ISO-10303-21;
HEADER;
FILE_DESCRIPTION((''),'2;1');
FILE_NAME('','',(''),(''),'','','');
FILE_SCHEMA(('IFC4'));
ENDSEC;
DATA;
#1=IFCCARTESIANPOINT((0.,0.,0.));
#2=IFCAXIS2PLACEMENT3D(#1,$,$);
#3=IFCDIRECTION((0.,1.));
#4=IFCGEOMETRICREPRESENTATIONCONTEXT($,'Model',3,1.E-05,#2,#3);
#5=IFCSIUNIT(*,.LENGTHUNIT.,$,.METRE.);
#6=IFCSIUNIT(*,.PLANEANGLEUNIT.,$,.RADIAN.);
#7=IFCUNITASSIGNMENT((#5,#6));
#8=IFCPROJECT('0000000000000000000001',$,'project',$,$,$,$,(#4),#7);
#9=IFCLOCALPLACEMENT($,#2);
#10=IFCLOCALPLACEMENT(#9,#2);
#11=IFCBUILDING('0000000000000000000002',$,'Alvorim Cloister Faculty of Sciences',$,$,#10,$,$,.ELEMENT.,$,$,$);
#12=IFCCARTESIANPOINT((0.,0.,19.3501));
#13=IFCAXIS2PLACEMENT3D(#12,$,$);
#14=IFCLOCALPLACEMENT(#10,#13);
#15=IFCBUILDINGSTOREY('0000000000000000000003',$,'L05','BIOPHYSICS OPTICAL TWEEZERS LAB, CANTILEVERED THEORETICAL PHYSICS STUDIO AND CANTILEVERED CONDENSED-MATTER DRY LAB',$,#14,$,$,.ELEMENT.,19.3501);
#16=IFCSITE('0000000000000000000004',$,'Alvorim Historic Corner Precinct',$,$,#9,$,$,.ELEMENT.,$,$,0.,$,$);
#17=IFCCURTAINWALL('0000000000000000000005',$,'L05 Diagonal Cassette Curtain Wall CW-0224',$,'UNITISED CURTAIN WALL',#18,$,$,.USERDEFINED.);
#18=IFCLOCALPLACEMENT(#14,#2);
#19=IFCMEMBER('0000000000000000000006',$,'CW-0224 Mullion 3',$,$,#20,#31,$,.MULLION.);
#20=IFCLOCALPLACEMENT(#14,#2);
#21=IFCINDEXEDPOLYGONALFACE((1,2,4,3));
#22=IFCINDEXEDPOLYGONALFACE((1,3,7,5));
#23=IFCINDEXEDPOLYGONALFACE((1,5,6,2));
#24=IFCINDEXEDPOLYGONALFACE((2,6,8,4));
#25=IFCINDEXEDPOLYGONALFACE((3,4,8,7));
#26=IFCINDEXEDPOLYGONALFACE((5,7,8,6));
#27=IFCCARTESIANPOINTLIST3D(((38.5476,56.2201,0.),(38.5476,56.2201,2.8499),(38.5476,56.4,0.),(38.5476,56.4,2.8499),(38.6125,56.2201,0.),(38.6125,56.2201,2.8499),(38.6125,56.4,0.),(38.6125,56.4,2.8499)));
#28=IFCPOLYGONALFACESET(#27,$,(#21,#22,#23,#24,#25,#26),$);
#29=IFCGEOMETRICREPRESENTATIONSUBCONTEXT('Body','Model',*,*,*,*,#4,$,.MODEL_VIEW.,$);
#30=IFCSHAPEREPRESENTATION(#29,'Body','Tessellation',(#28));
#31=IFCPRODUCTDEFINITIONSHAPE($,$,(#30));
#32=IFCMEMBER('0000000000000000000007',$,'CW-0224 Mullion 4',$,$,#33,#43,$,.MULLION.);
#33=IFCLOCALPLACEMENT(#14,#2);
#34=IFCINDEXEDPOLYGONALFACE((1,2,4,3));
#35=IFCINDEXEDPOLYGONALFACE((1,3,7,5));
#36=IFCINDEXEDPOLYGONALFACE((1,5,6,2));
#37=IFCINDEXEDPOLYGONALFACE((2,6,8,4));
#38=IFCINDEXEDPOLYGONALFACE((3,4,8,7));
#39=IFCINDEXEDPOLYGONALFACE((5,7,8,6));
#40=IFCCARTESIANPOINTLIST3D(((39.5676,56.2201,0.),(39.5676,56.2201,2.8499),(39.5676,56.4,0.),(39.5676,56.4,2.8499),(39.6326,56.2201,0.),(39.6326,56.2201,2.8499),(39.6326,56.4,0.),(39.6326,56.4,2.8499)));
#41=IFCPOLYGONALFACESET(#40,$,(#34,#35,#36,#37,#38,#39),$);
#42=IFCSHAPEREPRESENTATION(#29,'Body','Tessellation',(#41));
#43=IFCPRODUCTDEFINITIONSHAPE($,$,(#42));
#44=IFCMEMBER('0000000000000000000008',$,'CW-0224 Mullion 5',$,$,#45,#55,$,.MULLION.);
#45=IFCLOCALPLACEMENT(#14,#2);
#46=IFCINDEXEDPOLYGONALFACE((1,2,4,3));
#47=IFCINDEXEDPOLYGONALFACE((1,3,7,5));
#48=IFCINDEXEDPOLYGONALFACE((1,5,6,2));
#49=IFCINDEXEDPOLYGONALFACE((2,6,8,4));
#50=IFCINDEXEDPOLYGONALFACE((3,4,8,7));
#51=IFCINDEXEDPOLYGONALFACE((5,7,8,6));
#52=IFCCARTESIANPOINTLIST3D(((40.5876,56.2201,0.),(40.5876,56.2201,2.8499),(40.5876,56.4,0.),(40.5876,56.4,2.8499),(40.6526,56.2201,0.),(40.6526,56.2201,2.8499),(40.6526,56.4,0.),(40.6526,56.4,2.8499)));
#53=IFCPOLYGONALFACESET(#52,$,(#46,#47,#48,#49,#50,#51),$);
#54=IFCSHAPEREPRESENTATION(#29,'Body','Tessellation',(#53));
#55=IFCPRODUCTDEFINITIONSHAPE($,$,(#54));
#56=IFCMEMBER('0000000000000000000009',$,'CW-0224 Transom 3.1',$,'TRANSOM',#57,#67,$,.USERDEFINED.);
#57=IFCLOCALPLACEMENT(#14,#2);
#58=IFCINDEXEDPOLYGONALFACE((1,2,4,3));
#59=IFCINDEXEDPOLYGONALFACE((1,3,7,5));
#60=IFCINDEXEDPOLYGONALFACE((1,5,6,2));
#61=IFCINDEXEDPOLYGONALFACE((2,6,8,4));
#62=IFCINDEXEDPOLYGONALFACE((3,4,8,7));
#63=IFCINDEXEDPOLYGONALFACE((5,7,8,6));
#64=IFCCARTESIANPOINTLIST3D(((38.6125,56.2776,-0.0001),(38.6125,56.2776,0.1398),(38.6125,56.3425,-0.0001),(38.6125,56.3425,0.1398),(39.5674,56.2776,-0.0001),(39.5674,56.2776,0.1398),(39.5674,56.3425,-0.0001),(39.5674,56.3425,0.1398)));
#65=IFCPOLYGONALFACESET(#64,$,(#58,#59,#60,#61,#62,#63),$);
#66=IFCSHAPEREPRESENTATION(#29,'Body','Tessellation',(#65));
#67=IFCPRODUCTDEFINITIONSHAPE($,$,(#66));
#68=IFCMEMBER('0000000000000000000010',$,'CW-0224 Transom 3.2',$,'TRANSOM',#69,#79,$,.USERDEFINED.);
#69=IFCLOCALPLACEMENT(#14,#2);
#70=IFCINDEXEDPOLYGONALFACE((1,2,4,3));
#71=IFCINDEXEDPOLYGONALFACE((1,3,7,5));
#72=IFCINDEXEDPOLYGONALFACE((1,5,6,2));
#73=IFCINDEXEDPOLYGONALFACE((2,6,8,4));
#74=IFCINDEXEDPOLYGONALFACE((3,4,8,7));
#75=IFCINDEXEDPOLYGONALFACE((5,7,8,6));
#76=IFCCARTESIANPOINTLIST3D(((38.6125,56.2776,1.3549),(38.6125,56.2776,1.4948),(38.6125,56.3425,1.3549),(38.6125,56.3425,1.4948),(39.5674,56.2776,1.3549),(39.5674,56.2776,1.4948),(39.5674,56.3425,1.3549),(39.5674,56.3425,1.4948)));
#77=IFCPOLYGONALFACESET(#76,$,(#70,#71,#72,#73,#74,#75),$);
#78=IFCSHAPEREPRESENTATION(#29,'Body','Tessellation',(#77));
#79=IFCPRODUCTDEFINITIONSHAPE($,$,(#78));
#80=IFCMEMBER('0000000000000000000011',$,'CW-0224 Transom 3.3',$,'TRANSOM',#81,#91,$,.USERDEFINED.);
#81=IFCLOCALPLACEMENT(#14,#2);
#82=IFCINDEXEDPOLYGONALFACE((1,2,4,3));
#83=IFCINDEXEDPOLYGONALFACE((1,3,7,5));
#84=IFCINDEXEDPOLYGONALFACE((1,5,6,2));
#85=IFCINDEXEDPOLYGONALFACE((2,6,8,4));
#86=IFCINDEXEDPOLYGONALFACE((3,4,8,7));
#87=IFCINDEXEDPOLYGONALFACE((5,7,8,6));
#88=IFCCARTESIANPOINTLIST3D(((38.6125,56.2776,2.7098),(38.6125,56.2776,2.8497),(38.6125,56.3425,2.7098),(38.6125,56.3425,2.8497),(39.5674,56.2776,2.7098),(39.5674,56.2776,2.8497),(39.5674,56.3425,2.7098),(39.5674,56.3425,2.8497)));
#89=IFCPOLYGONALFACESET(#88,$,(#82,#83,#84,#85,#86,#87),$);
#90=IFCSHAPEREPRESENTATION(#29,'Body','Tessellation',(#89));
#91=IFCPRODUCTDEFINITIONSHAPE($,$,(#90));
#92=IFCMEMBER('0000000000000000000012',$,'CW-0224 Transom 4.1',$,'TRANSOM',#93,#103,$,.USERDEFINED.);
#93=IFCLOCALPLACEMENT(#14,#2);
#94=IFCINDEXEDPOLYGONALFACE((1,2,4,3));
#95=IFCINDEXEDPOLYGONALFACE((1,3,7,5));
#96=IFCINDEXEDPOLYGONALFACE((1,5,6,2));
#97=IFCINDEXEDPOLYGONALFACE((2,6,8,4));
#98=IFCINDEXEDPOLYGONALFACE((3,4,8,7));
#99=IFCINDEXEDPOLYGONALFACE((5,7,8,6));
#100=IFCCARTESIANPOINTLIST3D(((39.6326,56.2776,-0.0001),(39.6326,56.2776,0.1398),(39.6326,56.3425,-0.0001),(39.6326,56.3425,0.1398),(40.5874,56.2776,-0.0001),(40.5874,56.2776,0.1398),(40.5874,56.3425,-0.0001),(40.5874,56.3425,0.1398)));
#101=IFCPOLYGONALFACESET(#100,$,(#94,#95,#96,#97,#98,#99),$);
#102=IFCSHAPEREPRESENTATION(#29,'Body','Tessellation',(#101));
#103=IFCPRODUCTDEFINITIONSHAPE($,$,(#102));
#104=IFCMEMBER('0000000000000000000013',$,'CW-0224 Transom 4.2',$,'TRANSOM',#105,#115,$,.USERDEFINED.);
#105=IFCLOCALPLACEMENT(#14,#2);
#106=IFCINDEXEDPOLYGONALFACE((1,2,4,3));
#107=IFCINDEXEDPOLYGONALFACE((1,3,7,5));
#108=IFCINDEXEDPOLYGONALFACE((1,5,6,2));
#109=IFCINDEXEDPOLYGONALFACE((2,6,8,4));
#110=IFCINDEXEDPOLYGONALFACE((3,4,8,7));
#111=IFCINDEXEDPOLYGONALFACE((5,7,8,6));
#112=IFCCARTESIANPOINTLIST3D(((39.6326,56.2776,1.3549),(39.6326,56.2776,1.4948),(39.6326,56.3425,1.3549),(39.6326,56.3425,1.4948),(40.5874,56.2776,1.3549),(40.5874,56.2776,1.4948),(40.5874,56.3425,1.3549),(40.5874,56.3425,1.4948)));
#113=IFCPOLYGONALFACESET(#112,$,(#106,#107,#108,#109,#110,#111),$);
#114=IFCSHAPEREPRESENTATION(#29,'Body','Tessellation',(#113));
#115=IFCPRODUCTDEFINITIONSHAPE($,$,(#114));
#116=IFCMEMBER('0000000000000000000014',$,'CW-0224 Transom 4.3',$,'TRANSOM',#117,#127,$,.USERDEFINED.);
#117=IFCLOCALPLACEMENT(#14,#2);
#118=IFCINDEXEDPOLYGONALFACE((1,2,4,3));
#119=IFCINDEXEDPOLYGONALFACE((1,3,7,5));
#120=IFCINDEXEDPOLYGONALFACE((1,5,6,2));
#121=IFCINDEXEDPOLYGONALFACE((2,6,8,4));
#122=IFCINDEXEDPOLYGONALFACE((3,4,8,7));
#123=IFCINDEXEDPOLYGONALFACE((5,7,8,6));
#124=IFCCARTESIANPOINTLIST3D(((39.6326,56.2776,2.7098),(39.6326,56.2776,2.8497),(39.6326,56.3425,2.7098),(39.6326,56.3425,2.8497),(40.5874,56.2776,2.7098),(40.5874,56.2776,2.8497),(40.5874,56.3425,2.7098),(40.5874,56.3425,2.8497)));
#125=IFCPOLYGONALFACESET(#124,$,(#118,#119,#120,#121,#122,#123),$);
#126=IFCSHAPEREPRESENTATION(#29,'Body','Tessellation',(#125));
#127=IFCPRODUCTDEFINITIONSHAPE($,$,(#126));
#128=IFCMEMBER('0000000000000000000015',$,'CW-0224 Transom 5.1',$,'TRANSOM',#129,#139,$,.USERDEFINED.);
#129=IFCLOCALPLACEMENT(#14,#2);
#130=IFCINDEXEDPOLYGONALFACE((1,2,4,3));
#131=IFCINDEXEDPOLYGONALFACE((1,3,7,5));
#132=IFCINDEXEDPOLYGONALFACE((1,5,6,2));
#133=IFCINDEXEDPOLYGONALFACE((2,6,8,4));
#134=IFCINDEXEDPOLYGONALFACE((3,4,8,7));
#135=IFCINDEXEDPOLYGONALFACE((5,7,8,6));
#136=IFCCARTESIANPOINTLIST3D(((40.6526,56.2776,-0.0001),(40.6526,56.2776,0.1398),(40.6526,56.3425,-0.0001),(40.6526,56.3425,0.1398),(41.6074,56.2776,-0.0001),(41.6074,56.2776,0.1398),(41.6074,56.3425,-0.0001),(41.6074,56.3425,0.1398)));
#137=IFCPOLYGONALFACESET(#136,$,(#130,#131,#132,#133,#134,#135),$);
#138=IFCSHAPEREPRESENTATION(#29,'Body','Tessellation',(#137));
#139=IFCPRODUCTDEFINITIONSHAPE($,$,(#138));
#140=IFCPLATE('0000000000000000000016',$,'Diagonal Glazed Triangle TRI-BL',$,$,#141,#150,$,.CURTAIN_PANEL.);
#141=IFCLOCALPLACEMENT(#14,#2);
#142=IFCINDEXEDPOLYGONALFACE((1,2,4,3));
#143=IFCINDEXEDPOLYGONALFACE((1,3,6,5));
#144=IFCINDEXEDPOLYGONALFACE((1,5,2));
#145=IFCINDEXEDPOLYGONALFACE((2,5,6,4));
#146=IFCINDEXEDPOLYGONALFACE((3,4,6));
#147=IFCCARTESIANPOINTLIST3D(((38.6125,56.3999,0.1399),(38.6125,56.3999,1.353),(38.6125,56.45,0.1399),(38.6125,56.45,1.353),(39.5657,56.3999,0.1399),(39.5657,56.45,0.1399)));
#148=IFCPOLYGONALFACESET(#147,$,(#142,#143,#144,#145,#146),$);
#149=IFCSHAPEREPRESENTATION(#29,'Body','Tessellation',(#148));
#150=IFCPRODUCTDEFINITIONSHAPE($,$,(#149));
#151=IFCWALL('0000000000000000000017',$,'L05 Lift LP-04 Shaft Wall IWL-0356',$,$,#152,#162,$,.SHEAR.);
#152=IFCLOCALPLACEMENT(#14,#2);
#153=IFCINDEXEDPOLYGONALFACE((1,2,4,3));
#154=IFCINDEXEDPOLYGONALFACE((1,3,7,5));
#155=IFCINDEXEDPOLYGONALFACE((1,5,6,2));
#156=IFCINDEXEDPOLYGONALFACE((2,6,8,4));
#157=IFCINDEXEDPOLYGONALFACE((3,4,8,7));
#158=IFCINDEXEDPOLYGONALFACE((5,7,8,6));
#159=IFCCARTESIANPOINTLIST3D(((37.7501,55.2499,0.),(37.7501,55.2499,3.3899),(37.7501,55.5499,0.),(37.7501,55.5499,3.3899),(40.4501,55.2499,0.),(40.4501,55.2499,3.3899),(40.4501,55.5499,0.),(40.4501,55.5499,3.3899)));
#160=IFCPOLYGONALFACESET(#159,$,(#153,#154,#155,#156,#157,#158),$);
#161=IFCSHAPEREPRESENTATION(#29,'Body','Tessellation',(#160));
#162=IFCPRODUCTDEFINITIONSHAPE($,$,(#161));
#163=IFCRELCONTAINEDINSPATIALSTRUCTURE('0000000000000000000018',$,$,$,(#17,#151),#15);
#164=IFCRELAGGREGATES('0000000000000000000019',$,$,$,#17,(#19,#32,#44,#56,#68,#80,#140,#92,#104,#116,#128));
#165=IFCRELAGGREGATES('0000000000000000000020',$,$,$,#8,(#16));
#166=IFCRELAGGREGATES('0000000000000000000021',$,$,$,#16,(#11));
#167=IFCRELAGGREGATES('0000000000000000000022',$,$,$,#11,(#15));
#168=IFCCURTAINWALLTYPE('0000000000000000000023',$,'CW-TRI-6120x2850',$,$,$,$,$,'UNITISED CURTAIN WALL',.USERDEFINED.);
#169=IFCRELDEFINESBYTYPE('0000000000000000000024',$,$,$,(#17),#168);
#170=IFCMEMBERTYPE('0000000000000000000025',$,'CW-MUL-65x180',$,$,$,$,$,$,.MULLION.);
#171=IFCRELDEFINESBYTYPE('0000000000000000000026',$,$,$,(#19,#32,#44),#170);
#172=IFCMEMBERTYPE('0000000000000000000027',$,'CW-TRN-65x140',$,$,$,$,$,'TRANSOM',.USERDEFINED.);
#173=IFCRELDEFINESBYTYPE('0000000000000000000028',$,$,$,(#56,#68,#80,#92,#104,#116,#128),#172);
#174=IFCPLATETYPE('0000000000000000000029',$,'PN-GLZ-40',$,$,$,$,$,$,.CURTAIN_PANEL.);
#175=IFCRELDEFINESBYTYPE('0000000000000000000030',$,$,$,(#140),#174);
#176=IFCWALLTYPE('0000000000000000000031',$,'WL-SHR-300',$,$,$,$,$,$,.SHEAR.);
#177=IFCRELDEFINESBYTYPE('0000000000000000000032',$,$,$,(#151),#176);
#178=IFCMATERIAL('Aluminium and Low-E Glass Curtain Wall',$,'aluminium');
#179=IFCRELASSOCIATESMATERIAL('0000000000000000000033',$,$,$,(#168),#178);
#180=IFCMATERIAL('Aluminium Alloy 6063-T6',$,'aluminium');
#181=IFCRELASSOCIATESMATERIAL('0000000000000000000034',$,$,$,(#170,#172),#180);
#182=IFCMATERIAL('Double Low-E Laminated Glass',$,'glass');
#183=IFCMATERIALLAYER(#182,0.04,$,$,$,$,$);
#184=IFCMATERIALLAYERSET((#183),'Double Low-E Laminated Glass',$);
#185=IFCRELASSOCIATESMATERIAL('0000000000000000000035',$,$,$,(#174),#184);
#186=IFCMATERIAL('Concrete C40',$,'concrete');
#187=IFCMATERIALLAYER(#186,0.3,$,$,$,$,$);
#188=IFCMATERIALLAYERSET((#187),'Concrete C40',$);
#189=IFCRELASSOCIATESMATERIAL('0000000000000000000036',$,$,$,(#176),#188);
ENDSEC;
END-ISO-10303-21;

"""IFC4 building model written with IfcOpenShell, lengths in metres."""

from ifc_helpers import new_model, si_unit, direction, frame, frame_2d, origin, origin_2d, place, context, subcontext, project, spatial, polyline, rectangle, outline, extrude, material, layer, layer_set, material_profile, profile_set, type_object, element, aggregate, save


model = new_model("IFC4")

# Units and contexts
model_context = context("Model", 3, precision=1e-05, world=origin(), true_north=direction((0.0, 1.0)))
body_context = subcontext(model_context, "Body", "Model", "MODEL_VIEW")
ifc_project = project(units=[si_unit("LENGTHUNIT", "METRE"), si_unit("PLANEANGLEUNIT", "RADIAN")], contexts=[model_context])

# Site, building, storey
site_placement = place(None, origin())
site = spatial("IfcSite", under=ifc_project, at=site_placement, Name="Alvorim Historic Corner Precinct", CompositionType="ELEMENT", RefElevation=0.0)
building_placement = place(site_placement, origin())
building = spatial("IfcBuilding", under=site, at=building_placement, Name="Alvorim Cloister Faculty of Sciences", CompositionType="ELEMENT")
storey_placement = place(building_placement, frame((0.0, 0.0, 19.3501)))
storey = spatial("IfcBuildingStorey", under=building, at=storey_placement, Name="L05", Description="BIOPHYSICS OPTICAL TWEEZERS LAB, CANTILEVERED THEORETICAL PHYSICS STUDIO AND CANTILEVERED CONDENSED-MATTER DRY LAB", CompositionType="ELEMENT", Elevation=19.3501)

# Curtain wall, members, plate
ifc_material_1 = material(Name="Aluminium and Low-E Glass Curtain Wall", Category="aluminium")
curtain_wall_type = type_object("IfcCurtainWallType", Name="CW-TRI-6120x2850", ElementType="UNITISED CURTAIN WALL", PredefinedType="USERDEFINED", material=ifc_material_1)
curtain_wall_placement = place(storey_placement, origin())
curtain_wall = element("IfcCurtainWall", 1, at=curtain_wall_placement, inside=storey, type_object=curtain_wall_type, Name="L05 Diagonal Cassette Curtain Wall CW-0224", ObjectType="UNITISED CURTAIN WALL", PredefinedType="USERDEFINED")
ifc_material_2 = material(Name="Aluminium Alloy 6063-T6", Category="aluminium")
ifc_material_profile_1 = material_profile(ifc_material_2, rectangle(XDim=0.0649, YDim=0.1799, at=origin_2d()), Name="ALU-MUL-65x180")
ifc_profile_set_1 = profile_set([ifc_material_profile_1], Name="Aluminium Alloy 6063-T6")
member_type_1 = type_object("IfcMemberType", Name="CW-MUL-65x180", PredefinedType="MULLION", material=ifc_profile_set_1)
member_1_placement = place(storey_placement, frame((38.5801, 56.3101, 0.0), z_axis=(0.0, 0.0, 1.0), x_axis=(1.0, 0.0, 0.0)))
member_1 = element("IfcMember", 2, at=member_1_placement, type_object=member_type_1, Name="CW-0224 Mullion 3", PredefinedType="MULLION", context=body_context, shape_type="SweptSolid", body=[
    extrude(rectangle(XDim=0.0649, YDim=0.1799, at=origin_2d()), origin(), (0.0, 0.0, 1.0), 2.8499),
])
member_2_placement = place(storey_placement, frame((39.6001, 56.3101, 0.0), z_axis=(0.0, 0.0, 1.0), x_axis=(1.0, 0.0, 0.0)))
member_2 = element("IfcMember", 3, at=member_2_placement, type_object=member_type_1, Name="CW-0224 Mullion 4", PredefinedType="MULLION", context=body_context, shape_type="SweptSolid", body=[
    extrude(rectangle(XDim=0.0649, YDim=0.1799, at=origin_2d()), origin(), (0.0, 0.0, 1.0), 2.8499),
])
member_3_placement = place(storey_placement, frame((40.6201, 56.3101, 0.0), z_axis=(0.0, 0.0, 1.0), x_axis=(1.0, 0.0, 0.0)))
member_3 = element("IfcMember", 4, at=member_3_placement, type_object=member_type_1, Name="CW-0224 Mullion 5", PredefinedType="MULLION", context=body_context, shape_type="SweptSolid", body=[
    extrude(rectangle(XDim=0.0649, YDim=0.1799, at=origin_2d()), origin(), (0.0, 0.0, 1.0), 2.8499),
])
ifc_material_profile_2 = material_profile(ifc_material_2, rectangle(XDim=0.0649, YDim=0.1399, at=origin_2d()), Name="ALU-TRN-65x140")
ifc_profile_set_2 = profile_set([ifc_material_profile_2], Name="Aluminium Alloy 6063-T6")
member_type_2 = type_object("IfcMemberType", Name="CW-TRN-65x140", ElementType="TRANSOM", PredefinedType="USERDEFINED", material=ifc_profile_set_2)
member_4_placement = place(storey_placement, frame((38.6125, 56.3101, 0.0698), z_axis=(1.0, 0.0, 0.0), x_axis=(0.0, 1.0, 0.0)))
member_4 = element("IfcMember", 5, at=member_4_placement, type_object=member_type_2, Name="CW-0224 Transom 3.1", ObjectType="TRANSOM", PredefinedType="USERDEFINED", context=body_context, shape_type="SweptSolid", body=[
    extrude(rectangle(XDim=0.0649, YDim=0.1399, at=origin_2d()), origin(), (0.0, 0.0, 1.0), 0.9548),
])
member_5_placement = place(storey_placement, frame((38.6125, 56.3101, 1.4248), z_axis=(1.0, 0.0, 0.0), x_axis=(0.0, 1.0, 0.0)))
member_5 = element("IfcMember", 6, at=member_5_placement, type_object=member_type_2, Name="CW-0224 Transom 3.2", ObjectType="TRANSOM", PredefinedType="USERDEFINED", context=body_context, shape_type="SweptSolid", body=[
    extrude(rectangle(XDim=0.0649, YDim=0.1399, at=origin_2d()), origin(), (0.0, 0.0, 1.0), 0.9548),
])
member_6_placement = place(storey_placement, frame((38.6125, 56.3101, 2.7798), z_axis=(1.0, 0.0, 0.0), x_axis=(0.0, 1.0, 0.0)))
member_6 = element("IfcMember", 7, at=member_6_placement, type_object=member_type_2, Name="CW-0224 Transom 3.3", ObjectType="TRANSOM", PredefinedType="USERDEFINED", context=body_context, shape_type="SweptSolid", body=[
    extrude(rectangle(XDim=0.0649, YDim=0.1399, at=origin_2d()), origin(), (0.0, 0.0, 1.0), 0.9548),
])
member_7_placement = place(storey_placement, frame((39.6326, 56.3101, 0.0698), z_axis=(1.0, 0.0, 0.0), x_axis=(0.0, 1.0, 0.0)))
member_7 = element("IfcMember", 8, at=member_7_placement, type_object=member_type_2, Name="CW-0224 Transom 4.1", ObjectType="TRANSOM", PredefinedType="USERDEFINED", context=body_context, shape_type="SweptSolid", body=[
    extrude(rectangle(XDim=0.0649, YDim=0.1399, at=origin_2d()), origin(), (0.0, 0.0, 1.0), 0.9548),
])
member_8_placement = place(storey_placement, frame((39.6326, 56.3101, 1.4248), z_axis=(1.0, 0.0, 0.0), x_axis=(0.0, 1.0, 0.0)))
member_8 = element("IfcMember", 9, at=member_8_placement, type_object=member_type_2, Name="CW-0224 Transom 4.2", ObjectType="TRANSOM", PredefinedType="USERDEFINED", context=body_context, shape_type="SweptSolid", body=[
    extrude(rectangle(XDim=0.0649, YDim=0.1399, at=origin_2d()), origin(), (0.0, 0.0, 1.0), 0.9548),
])
member_9_placement = place(storey_placement, frame((39.6326, 56.3101, 2.7798), z_axis=(1.0, 0.0, 0.0), x_axis=(0.0, 1.0, 0.0)))
member_9 = element("IfcMember", 10, at=member_9_placement, type_object=member_type_2, Name="CW-0224 Transom 4.3", ObjectType="TRANSOM", PredefinedType="USERDEFINED", context=body_context, shape_type="SweptSolid", body=[
    extrude(rectangle(XDim=0.0649, YDim=0.1399, at=origin_2d()), origin(), (0.0, 0.0, 1.0), 0.9548),
])
member_10_placement = place(storey_placement, frame((40.6526, 56.3101, 0.0698), z_axis=(1.0, 0.0, 0.0), x_axis=(0.0, 1.0, 0.0)))
member_10 = element("IfcMember", 11, at=member_10_placement, type_object=member_type_2, Name="CW-0224 Transom 5.1", ObjectType="TRANSOM", PredefinedType="USERDEFINED", context=body_context, shape_type="SweptSolid", body=[
    extrude(rectangle(XDim=0.0649, YDim=0.1399, at=origin_2d()), origin(), (0.0, 0.0, 1.0), 0.9548),
])
ifc_material_3 = material(Name="Double Low-E Laminated Glass", Category="glass")
ifc_layer_1 = layer(ifc_material_3, 0.04)
ifc_layer_set_1 = layer_set([ifc_layer_1], Name="Double Low-E Laminated Glass")
plate_type = type_object("IfcPlateType", Name="PN-GLZ-40", PredefinedType="CURTAIN_PANEL", material=ifc_layer_set_1)
plate_1_placement = place(storey_placement, frame((38.6125, 56.425, 0.1399), z_axis=(0.0, 0.0, 1.0), x_axis=(1.0, 0.0, 0.0)))
plate_1 = element("IfcPlate", 12, at=plate_1_placement, type_object=plate_type, Name="Diagonal Glazed Triangle TRI-BL", PredefinedType="CURTAIN_PANEL", context=body_context, shape_type="SweptSolid", body=[
    extrude(outline(polyline([(0.0, 0.0), (0.9531, 0.0), (0.0, 1.2131), (0.0, 0.0)])), frame((0.0, 0.0249, 0.0), z_axis=(0.0, -1.0, 0.0), x_axis=(1.0, 0.0, 0.0)), (0.0, 0.0, 1.0), 0.05),
])
aggregate(curtain_wall, [member_1, member_2, member_3, member_4, member_5, member_6, plate_1, member_7, member_8, member_9, member_10])

# Wall
ifc_material_4 = material(Name="Concrete C40", Category="concrete")
ifc_layer_2 = layer(ifc_material_4, 0.3)
ifc_layer_set_2 = layer_set([ifc_layer_2], Name="Concrete C40")
wall_type_1 = type_object("IfcWallType", Name="WL-SHR-300", PredefinedType="SHEAR", material=ifc_layer_set_2)
wall_1_placement = place(storey_placement, frame((37.75, 55.3999, 0.0), z_axis=(0.0, 0.0, 1.0), x_axis=(1.0, 0.0, 0.0)))
element("IfcWall", 13, at=wall_1_placement, inside=storey, type_object=wall_type_1, Name="L05 Lift LP-04 Shaft Wall IWL-0356", PredefinedType="SHEAR", context=body_context, shape_type="SweptSolid", body=[
    extrude(rectangle(XDim=2.7, YDim=0.3, at=frame_2d((1.3501, 0.0))), origin(), (0.0, 0.0, 1.0), 3.3899),
])

save(model, "model.ifc")
